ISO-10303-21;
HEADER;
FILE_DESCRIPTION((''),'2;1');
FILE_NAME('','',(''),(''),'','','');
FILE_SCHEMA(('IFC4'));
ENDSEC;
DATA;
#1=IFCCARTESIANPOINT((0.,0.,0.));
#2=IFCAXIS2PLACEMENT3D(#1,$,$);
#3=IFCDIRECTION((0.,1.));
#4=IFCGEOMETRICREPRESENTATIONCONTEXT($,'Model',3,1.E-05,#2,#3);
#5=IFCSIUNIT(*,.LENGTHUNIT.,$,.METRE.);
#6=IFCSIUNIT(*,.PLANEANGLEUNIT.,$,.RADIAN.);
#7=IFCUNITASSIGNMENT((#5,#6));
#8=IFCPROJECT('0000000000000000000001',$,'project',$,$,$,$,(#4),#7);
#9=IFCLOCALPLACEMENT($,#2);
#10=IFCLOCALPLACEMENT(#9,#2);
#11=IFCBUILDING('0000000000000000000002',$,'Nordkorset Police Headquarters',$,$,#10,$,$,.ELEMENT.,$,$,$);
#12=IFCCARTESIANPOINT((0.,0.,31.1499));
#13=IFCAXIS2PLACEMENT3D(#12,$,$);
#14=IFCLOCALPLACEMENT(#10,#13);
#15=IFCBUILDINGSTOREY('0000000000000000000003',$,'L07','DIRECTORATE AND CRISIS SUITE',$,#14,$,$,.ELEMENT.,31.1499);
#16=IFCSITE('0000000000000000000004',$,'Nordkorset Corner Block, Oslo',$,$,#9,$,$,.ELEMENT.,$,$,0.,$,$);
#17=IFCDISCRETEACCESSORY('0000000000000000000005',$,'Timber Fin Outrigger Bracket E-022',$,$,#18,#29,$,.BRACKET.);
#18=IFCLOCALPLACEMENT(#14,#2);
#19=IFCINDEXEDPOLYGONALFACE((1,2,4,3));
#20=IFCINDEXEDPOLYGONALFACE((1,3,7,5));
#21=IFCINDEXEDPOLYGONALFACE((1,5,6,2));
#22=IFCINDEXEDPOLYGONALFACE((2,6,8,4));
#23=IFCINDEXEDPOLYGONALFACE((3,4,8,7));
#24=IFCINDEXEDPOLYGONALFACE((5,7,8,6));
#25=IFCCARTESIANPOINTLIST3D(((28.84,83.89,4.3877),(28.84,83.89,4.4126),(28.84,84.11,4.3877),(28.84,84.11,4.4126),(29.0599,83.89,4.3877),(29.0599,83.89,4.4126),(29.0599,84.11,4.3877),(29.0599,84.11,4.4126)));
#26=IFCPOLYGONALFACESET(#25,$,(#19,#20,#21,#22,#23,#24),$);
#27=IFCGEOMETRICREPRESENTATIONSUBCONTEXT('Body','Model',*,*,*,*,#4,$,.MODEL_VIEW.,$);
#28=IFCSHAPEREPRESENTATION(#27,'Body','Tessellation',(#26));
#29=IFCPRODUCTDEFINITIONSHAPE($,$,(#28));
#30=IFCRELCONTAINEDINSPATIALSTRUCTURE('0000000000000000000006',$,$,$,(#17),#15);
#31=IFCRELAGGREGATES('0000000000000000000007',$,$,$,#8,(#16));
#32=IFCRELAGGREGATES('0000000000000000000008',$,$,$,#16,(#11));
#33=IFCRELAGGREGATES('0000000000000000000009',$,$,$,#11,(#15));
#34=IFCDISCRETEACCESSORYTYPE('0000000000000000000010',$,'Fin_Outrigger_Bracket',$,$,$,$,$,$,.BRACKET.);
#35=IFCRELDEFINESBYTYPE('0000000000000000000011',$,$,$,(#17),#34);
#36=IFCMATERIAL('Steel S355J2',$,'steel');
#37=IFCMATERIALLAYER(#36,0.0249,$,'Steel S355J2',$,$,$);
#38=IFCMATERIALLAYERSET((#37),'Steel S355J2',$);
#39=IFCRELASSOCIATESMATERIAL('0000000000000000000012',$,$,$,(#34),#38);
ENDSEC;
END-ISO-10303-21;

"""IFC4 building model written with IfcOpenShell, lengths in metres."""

from ifc_helpers import new_model, si_unit, direction, frame, origin, origin_2d, place, context, subcontext, project, spatial, rectangle, extrude, material, layer, layer_set, type_object, element, save


model = new_model("IFC4")

# Units and contexts
model_context = context("Model", 3, precision=1e-05, world=origin(), true_north=direction((0.0, 1.0)))
body_context = subcontext(model_context, "Body", "Model", "MODEL_VIEW")
ifc_project = project(units=[si_unit("LENGTHUNIT", "METRE"), si_unit("PLANEANGLEUNIT", "RADIAN")], contexts=[model_context])

# Site, building, storey
site_placement = place(None, origin())
site = spatial("IfcSite", under=ifc_project, at=site_placement, Name="Nordkorset Corner Block, Oslo", CompositionType="ELEMENT", RefElevation=0.0)
building_placement = place(site_placement, origin())
building = spatial("IfcBuilding", under=site, at=building_placement, Name="Nordkorset Police Headquarters", CompositionType="ELEMENT")
storey_placement = place(building_placement, frame((0.0, 0.0, 31.1499)))
storey = spatial("IfcBuildingStorey", under=building, at=storey_placement, Name="L07", Description="DIRECTORATE AND CRISIS SUITE", CompositionType="ELEMENT", Elevation=31.1499)

# Discrete accessory
ifc_material_1 = material(Name="Steel S355J2", Category="steel")
ifc_layer_1 = layer(ifc_material_1, 0.0249, Name="Steel S355J2")
ifc_layer_set_1 = layer_set([ifc_layer_1], Name="Steel S355J2")
discrete_accessory_type = type_object("IfcDiscreteAccessoryType", Name="Fin_Outrigger_Bracket", PredefinedType="BRACKET", material=ifc_layer_set_1)
discrete_accessory_placement = place(storey_placement, frame((28.95, 84.0, 4.3877), z_axis=(0.0, 0.0, 1.0), x_axis=(1.0, 0.0, 0.0)))
element("IfcDiscreteAccessory", 1, at=discrete_accessory_placement, inside=storey, type_object=discrete_accessory_type, Name="Timber Fin Outrigger Bracket E-022", PredefinedType="BRACKET", context=body_context, shape_type="SweptSolid", body=[
    extrude(rectangle(XDim=0.22, YDim=0.22, at=origin_2d()), origin(), (0.0, 0.0, 1.0), 0.0249),
])

save(model, "model.ifc")
